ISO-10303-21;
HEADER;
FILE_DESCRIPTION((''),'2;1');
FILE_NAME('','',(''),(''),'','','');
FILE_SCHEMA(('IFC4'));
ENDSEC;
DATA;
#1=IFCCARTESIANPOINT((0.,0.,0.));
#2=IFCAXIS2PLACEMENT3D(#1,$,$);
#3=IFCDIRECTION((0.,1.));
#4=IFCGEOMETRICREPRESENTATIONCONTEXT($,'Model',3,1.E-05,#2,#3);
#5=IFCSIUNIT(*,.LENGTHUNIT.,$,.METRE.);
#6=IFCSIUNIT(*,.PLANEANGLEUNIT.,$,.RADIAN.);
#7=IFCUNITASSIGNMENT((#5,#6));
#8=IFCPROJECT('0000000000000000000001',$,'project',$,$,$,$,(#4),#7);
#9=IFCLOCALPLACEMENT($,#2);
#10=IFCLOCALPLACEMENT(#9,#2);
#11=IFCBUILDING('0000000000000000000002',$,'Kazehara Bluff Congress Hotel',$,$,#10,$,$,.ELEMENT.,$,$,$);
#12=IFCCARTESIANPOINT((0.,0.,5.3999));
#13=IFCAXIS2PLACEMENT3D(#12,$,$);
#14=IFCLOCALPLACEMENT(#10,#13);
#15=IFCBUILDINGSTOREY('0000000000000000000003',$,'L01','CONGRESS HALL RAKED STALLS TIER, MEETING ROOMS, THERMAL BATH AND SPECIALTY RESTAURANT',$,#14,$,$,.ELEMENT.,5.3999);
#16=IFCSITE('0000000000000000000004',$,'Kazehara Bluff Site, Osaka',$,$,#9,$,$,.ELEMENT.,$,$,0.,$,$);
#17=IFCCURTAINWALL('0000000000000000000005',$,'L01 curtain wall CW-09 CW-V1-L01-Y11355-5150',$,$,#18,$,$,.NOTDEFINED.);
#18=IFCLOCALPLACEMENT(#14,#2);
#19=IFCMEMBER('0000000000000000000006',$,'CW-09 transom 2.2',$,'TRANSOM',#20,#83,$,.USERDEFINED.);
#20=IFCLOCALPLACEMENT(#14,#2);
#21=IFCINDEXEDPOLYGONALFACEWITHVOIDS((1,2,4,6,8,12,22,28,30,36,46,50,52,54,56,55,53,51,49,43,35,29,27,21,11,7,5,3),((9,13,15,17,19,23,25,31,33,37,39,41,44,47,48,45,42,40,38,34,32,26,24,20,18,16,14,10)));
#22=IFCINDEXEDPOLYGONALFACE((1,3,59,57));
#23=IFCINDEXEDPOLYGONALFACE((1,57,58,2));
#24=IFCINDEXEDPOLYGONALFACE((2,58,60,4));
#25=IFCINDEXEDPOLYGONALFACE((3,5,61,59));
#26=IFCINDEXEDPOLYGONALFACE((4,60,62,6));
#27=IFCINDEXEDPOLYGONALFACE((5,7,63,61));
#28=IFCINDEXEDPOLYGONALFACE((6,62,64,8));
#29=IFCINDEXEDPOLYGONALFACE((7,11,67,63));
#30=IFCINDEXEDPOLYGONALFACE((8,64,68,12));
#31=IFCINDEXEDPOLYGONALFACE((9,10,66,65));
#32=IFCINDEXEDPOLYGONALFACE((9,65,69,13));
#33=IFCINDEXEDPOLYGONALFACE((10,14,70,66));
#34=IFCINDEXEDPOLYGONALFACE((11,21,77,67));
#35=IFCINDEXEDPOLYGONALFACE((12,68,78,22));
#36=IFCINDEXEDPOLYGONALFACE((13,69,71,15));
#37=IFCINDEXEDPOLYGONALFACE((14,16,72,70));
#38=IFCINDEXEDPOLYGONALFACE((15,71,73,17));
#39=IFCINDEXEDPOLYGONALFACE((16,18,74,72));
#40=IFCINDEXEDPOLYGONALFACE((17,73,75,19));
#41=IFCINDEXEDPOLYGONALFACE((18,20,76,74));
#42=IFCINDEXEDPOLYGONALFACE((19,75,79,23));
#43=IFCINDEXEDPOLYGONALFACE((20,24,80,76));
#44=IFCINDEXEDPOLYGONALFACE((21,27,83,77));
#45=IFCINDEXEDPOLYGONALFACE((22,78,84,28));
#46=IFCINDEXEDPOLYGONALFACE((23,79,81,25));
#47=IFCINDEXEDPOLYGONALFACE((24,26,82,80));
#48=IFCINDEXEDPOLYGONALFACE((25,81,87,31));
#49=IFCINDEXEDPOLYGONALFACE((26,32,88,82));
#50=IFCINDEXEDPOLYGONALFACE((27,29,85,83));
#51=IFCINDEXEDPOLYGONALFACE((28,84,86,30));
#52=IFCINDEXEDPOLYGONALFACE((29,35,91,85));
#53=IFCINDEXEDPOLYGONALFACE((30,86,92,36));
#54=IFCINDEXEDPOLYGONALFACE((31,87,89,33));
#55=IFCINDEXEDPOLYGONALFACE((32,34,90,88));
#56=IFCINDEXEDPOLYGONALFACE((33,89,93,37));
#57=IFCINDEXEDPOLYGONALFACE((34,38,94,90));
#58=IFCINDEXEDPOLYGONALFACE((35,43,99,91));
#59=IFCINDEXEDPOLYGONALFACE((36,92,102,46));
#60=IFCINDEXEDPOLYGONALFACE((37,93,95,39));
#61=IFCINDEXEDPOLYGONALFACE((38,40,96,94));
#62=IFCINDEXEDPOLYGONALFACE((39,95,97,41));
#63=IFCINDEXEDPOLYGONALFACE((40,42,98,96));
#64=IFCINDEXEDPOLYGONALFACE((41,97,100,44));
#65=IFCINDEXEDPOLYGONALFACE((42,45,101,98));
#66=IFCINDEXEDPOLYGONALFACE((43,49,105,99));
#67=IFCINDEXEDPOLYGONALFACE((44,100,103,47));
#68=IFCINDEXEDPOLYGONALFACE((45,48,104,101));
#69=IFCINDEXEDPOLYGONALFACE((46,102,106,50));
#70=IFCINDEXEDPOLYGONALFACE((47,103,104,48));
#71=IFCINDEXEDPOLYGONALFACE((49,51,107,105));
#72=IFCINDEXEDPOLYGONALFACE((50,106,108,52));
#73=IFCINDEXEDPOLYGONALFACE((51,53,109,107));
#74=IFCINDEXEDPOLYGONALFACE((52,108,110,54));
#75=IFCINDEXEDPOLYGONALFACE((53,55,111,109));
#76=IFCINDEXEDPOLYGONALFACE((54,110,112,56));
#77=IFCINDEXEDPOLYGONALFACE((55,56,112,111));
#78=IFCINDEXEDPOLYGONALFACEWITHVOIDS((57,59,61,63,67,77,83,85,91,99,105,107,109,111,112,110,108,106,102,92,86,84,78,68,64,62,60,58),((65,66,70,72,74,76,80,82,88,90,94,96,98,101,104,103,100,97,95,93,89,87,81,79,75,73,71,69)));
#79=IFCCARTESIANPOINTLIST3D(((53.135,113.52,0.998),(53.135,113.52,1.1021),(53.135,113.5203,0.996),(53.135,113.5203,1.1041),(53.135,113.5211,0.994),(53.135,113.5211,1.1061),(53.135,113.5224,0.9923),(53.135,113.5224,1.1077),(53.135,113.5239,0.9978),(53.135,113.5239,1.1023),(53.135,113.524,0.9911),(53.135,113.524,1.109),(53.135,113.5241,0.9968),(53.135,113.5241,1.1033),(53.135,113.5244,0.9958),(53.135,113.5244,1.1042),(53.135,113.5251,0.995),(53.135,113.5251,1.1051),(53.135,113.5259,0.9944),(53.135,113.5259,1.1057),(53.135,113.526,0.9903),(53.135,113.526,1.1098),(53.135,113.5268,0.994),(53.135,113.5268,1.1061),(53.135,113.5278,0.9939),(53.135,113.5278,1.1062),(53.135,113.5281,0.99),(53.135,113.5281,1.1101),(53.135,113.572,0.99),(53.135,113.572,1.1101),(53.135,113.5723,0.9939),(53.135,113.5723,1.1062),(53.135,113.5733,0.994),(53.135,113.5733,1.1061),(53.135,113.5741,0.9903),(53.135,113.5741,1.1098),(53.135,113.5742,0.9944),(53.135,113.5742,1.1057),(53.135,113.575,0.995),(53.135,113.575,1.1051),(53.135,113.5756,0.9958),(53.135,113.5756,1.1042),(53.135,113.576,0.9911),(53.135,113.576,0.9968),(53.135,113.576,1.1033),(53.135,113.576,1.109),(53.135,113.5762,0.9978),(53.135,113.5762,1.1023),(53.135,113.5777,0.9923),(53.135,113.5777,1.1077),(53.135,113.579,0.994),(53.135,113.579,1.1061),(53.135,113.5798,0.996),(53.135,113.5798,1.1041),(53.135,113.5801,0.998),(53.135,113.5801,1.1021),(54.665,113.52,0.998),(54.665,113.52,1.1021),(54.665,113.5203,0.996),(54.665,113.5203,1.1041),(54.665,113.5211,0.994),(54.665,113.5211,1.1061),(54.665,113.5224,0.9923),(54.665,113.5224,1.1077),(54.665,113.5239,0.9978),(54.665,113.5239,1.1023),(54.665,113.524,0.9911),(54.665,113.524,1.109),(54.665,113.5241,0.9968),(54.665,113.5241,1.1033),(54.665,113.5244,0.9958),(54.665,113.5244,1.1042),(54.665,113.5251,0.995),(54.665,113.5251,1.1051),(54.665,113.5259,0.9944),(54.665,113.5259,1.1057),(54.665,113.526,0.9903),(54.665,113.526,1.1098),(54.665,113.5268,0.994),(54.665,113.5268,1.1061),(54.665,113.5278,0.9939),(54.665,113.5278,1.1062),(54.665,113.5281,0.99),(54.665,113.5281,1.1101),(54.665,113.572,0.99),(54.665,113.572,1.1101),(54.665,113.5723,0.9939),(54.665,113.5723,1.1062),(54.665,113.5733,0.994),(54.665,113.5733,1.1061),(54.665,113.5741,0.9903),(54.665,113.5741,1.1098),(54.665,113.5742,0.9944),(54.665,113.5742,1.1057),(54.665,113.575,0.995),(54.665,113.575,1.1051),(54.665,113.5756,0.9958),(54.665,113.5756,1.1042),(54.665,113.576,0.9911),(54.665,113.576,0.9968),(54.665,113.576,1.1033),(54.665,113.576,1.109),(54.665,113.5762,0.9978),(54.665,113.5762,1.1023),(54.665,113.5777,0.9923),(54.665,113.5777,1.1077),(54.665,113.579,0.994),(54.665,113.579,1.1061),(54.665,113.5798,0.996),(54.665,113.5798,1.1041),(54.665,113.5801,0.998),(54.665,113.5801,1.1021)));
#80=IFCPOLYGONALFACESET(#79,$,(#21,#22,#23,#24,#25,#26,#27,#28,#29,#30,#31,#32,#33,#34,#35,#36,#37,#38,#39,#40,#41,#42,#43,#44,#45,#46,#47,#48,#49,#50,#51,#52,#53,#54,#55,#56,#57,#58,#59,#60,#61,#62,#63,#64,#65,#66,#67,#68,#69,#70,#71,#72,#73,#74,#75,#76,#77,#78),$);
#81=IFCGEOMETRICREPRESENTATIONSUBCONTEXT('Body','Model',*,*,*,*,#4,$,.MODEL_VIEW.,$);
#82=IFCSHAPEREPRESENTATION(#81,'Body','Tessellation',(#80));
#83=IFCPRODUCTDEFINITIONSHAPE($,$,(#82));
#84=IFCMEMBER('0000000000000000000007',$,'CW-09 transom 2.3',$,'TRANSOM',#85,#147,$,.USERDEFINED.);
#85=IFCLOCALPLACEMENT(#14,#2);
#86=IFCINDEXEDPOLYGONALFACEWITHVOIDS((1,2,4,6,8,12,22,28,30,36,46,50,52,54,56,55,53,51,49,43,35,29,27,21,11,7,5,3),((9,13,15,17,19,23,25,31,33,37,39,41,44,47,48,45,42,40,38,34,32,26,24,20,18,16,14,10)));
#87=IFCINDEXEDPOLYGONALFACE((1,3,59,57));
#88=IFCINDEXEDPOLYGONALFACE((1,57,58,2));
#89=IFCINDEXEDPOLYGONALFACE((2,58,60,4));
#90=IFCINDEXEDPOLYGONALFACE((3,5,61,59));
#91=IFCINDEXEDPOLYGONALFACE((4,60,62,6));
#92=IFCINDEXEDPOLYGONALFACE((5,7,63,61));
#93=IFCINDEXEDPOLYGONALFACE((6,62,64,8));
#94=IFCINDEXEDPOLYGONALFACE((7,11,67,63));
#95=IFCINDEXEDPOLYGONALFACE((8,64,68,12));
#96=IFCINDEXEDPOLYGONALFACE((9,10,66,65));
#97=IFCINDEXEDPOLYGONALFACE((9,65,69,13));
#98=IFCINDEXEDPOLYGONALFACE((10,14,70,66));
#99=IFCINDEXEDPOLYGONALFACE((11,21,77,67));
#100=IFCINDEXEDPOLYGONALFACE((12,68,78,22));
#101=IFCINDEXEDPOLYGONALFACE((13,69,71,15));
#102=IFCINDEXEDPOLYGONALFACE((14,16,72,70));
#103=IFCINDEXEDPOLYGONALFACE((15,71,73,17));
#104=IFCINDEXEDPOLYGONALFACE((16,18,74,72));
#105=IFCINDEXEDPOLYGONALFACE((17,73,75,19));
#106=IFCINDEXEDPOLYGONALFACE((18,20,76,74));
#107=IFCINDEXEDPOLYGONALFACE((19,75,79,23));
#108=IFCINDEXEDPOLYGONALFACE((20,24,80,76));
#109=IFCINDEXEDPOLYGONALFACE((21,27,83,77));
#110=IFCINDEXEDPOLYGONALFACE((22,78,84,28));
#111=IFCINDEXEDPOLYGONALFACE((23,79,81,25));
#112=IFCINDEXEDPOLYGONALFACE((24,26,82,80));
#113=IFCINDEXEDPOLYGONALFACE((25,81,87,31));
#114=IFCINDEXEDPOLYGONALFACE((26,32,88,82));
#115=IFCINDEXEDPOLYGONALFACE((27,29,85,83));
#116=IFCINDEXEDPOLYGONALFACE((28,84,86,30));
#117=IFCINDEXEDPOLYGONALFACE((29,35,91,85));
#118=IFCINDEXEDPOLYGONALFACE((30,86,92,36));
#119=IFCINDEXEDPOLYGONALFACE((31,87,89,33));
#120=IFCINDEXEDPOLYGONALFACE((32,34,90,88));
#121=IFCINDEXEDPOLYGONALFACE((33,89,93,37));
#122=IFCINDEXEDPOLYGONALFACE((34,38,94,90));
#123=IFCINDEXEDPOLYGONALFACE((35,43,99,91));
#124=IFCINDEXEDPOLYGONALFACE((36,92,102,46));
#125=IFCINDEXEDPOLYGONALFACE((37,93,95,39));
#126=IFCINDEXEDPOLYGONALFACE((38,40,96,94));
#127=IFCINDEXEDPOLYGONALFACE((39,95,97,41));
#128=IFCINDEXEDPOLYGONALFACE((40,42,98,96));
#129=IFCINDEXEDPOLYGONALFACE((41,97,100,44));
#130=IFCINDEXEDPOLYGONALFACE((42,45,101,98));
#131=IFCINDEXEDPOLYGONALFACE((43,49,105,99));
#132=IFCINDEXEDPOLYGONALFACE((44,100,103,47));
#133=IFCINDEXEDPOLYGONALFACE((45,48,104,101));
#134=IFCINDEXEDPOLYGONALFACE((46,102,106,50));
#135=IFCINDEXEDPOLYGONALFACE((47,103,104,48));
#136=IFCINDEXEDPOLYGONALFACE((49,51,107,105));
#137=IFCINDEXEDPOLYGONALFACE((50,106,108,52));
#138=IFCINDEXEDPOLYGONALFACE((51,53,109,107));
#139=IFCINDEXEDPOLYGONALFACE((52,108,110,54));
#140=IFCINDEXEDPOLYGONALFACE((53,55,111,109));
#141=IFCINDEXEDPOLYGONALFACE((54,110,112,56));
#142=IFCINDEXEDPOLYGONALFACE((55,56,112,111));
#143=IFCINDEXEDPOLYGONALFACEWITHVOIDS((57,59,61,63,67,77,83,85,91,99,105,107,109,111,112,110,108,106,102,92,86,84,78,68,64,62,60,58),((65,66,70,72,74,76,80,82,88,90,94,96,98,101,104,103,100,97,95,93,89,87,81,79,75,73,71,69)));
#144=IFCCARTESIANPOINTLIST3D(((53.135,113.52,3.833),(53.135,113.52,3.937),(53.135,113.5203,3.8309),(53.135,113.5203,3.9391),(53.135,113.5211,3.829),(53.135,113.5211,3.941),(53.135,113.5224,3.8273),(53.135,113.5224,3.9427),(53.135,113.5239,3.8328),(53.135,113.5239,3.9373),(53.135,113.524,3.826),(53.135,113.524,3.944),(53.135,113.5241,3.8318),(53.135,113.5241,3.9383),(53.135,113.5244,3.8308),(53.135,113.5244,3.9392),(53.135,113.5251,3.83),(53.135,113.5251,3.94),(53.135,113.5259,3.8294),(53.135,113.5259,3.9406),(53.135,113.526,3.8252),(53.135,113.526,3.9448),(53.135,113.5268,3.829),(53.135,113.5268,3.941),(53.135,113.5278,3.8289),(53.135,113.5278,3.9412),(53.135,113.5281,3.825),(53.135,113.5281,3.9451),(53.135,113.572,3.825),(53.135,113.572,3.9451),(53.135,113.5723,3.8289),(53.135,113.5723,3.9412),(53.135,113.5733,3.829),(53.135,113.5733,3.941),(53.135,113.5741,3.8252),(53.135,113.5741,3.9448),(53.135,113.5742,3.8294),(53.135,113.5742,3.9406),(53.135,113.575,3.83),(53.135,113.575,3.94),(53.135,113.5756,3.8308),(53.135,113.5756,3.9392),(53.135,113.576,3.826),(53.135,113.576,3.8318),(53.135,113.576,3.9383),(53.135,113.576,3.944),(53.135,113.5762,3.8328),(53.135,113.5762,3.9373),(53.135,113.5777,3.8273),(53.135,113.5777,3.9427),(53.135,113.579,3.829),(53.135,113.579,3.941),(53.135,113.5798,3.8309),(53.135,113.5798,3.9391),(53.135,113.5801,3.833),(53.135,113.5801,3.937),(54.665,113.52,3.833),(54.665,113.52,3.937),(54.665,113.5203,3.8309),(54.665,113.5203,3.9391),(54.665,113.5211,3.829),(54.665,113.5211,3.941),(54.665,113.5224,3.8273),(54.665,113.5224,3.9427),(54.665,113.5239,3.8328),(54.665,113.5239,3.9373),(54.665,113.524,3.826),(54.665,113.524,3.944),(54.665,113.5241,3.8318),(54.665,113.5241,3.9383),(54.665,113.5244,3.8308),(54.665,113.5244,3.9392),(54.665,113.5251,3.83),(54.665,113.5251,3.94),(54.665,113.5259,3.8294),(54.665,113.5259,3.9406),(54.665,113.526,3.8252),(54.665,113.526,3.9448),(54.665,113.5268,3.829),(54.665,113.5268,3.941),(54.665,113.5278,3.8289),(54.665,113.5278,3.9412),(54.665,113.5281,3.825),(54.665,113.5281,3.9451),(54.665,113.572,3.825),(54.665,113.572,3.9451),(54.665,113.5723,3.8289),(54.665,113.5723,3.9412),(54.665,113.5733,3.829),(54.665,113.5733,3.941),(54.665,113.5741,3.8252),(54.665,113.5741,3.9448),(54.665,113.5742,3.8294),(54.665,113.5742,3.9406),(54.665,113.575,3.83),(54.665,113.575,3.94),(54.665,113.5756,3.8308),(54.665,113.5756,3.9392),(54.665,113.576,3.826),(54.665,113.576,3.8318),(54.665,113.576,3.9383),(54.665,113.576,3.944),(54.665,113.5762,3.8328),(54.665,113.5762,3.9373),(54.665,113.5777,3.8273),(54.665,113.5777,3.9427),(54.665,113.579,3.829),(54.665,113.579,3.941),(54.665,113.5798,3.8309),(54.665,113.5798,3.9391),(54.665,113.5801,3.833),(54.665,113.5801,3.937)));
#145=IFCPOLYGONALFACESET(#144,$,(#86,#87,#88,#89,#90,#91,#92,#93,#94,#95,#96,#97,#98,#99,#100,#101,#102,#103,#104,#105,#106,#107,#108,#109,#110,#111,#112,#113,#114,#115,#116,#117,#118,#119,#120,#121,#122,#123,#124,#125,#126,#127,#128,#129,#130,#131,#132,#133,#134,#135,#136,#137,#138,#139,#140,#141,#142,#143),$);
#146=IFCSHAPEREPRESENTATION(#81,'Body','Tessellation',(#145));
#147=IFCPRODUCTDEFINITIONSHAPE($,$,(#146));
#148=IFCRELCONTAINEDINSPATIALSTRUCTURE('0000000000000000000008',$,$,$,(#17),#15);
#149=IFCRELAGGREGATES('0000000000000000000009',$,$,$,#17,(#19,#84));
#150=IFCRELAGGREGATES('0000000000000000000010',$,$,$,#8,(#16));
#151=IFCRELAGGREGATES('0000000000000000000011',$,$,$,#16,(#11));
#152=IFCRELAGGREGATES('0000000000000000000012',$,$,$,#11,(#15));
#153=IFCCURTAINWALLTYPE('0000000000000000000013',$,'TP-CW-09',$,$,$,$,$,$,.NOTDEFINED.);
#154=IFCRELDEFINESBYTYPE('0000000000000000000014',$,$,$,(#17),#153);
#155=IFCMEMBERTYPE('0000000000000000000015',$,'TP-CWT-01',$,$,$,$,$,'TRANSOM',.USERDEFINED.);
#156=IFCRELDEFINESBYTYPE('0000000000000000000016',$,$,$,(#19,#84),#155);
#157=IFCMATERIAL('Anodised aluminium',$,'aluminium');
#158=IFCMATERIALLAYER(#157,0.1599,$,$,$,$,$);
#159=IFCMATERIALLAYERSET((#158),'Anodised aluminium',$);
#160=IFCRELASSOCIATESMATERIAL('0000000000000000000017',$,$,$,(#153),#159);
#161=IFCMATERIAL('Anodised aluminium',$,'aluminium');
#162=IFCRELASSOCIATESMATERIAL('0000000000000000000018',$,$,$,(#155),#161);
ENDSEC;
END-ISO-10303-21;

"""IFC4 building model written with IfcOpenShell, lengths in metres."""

from ifc_helpers import new_model, si_unit, direction, frame, origin, origin_2d, place, context, subcontext, project, spatial, hollow_rectangle, extrude, material, layer, layer_set, material_profile, profile_set, type_object, element, aggregate, save


model = new_model("IFC4")

# Units and contexts
model_context = context("Model", 3, precision=1e-05, world=origin(), true_north=direction((0.0, 1.0)))
body_context = subcontext(model_context, "Body", "Model", "MODEL_VIEW")
ifc_project = project(units=[si_unit("LENGTHUNIT", "METRE"), si_unit("PLANEANGLEUNIT", "RADIAN")], contexts=[model_context])

# Site, building, storey
site_placement = place(None, origin())
site = spatial("IfcSite", under=ifc_project, at=site_placement, Name="Kazehara Bluff Site, Osaka", CompositionType="ELEMENT", RefElevation=0.0)
building_placement = place(site_placement, origin())
building = spatial("IfcBuilding", under=site, at=building_placement, Name="Kazehara Bluff Congress Hotel", CompositionType="ELEMENT")
storey_placement = place(building_placement, frame((0.0, 0.0, 5.3999)))
storey = spatial("IfcBuildingStorey", under=building, at=storey_placement, Name="L01", Description="CONGRESS HALL RAKED STALLS TIER, MEETING ROOMS, THERMAL BATH AND SPECIALTY RESTAURANT", CompositionType="ELEMENT", Elevation=5.3999)

# Curtain wall, members
ifc_material_1 = material(Name="Anodised aluminium", Category="aluminium")
ifc_layer_1 = layer(ifc_material_1, 0.1599)
ifc_layer_set_1 = layer_set([ifc_layer_1], Name="Anodised aluminium")
curtain_wall_type = type_object("IfcCurtainWallType", Name="TP-CW-09", PredefinedType="NOTDEFINED", material=ifc_layer_set_1)
curtain_wall_placement = place(storey_placement, origin())
curtain_wall = element("IfcCurtainWall", 1, at=curtain_wall_placement, inside=storey, type_object=curtain_wall_type, Name="L01 curtain wall CW-09 CW-V1-L01-Y11355-5150", PredefinedType="NOTDEFINED")
ifc_material_2 = material(Name="Anodised aluminium", Category="aluminium")
ifc_material_profile_1 = material_profile(ifc_material_2, hollow_rectangle(XDim=0.0601, YDim=0.1201, WallThickness=0.0039, InnerFilletRadius=0.0039, OuterFilletRadius=0.0081, at=origin_2d()))
ifc_profile_set_1 = profile_set([ifc_material_profile_1], Name="Anodised aluminium")
member_type_1 = type_object("IfcMemberType", Name="TP-CWT-01", ElementType="TRANSOM", PredefinedType="USERDEFINED", material=ifc_profile_set_1)
member_1_placement = place(storey_placement, frame((53.135, 113.55, 1.05), z_axis=(1.0, 0.0, 0.0), x_axis=(0.0, 1.0, 0.0)))
member_1 = element("IfcMember", 2, at=member_1_placement, type_object=member_type_1, Name="CW-09 transom 2.2", ObjectType="TRANSOM", PredefinedType="USERDEFINED", context=body_context, shape_type="SweptSolid", body=[
    extrude(hollow_rectangle(XDim=0.0601, YDim=0.1201, WallThickness=0.0039, InnerFilletRadius=0.0039, OuterFilletRadius=0.0081, at=origin_2d()), origin(), (0.0, 0.0, 1.0), 1.53),
])
member_2_placement = place(storey_placement, frame((53.135, 113.55, 3.885), z_axis=(1.0, 0.0, 0.0), x_axis=(0.0, 1.0, 0.0)))
member_2 = element("IfcMember", 3, at=member_2_placement, type_object=member_type_1, Name="CW-09 transom 2.3", ObjectType="TRANSOM", PredefinedType="USERDEFINED", context=body_context, shape_type="SweptSolid", body=[
    extrude(hollow_rectangle(XDim=0.0601, YDim=0.1201, WallThickness=0.0039, InnerFilletRadius=0.0039, OuterFilletRadius=0.0081, at=origin_2d()), origin(), (0.0, 0.0, 1.0), 1.53),
])
aggregate(curtain_wall, [member_1, member_2])

save(model, "model.ifc")
